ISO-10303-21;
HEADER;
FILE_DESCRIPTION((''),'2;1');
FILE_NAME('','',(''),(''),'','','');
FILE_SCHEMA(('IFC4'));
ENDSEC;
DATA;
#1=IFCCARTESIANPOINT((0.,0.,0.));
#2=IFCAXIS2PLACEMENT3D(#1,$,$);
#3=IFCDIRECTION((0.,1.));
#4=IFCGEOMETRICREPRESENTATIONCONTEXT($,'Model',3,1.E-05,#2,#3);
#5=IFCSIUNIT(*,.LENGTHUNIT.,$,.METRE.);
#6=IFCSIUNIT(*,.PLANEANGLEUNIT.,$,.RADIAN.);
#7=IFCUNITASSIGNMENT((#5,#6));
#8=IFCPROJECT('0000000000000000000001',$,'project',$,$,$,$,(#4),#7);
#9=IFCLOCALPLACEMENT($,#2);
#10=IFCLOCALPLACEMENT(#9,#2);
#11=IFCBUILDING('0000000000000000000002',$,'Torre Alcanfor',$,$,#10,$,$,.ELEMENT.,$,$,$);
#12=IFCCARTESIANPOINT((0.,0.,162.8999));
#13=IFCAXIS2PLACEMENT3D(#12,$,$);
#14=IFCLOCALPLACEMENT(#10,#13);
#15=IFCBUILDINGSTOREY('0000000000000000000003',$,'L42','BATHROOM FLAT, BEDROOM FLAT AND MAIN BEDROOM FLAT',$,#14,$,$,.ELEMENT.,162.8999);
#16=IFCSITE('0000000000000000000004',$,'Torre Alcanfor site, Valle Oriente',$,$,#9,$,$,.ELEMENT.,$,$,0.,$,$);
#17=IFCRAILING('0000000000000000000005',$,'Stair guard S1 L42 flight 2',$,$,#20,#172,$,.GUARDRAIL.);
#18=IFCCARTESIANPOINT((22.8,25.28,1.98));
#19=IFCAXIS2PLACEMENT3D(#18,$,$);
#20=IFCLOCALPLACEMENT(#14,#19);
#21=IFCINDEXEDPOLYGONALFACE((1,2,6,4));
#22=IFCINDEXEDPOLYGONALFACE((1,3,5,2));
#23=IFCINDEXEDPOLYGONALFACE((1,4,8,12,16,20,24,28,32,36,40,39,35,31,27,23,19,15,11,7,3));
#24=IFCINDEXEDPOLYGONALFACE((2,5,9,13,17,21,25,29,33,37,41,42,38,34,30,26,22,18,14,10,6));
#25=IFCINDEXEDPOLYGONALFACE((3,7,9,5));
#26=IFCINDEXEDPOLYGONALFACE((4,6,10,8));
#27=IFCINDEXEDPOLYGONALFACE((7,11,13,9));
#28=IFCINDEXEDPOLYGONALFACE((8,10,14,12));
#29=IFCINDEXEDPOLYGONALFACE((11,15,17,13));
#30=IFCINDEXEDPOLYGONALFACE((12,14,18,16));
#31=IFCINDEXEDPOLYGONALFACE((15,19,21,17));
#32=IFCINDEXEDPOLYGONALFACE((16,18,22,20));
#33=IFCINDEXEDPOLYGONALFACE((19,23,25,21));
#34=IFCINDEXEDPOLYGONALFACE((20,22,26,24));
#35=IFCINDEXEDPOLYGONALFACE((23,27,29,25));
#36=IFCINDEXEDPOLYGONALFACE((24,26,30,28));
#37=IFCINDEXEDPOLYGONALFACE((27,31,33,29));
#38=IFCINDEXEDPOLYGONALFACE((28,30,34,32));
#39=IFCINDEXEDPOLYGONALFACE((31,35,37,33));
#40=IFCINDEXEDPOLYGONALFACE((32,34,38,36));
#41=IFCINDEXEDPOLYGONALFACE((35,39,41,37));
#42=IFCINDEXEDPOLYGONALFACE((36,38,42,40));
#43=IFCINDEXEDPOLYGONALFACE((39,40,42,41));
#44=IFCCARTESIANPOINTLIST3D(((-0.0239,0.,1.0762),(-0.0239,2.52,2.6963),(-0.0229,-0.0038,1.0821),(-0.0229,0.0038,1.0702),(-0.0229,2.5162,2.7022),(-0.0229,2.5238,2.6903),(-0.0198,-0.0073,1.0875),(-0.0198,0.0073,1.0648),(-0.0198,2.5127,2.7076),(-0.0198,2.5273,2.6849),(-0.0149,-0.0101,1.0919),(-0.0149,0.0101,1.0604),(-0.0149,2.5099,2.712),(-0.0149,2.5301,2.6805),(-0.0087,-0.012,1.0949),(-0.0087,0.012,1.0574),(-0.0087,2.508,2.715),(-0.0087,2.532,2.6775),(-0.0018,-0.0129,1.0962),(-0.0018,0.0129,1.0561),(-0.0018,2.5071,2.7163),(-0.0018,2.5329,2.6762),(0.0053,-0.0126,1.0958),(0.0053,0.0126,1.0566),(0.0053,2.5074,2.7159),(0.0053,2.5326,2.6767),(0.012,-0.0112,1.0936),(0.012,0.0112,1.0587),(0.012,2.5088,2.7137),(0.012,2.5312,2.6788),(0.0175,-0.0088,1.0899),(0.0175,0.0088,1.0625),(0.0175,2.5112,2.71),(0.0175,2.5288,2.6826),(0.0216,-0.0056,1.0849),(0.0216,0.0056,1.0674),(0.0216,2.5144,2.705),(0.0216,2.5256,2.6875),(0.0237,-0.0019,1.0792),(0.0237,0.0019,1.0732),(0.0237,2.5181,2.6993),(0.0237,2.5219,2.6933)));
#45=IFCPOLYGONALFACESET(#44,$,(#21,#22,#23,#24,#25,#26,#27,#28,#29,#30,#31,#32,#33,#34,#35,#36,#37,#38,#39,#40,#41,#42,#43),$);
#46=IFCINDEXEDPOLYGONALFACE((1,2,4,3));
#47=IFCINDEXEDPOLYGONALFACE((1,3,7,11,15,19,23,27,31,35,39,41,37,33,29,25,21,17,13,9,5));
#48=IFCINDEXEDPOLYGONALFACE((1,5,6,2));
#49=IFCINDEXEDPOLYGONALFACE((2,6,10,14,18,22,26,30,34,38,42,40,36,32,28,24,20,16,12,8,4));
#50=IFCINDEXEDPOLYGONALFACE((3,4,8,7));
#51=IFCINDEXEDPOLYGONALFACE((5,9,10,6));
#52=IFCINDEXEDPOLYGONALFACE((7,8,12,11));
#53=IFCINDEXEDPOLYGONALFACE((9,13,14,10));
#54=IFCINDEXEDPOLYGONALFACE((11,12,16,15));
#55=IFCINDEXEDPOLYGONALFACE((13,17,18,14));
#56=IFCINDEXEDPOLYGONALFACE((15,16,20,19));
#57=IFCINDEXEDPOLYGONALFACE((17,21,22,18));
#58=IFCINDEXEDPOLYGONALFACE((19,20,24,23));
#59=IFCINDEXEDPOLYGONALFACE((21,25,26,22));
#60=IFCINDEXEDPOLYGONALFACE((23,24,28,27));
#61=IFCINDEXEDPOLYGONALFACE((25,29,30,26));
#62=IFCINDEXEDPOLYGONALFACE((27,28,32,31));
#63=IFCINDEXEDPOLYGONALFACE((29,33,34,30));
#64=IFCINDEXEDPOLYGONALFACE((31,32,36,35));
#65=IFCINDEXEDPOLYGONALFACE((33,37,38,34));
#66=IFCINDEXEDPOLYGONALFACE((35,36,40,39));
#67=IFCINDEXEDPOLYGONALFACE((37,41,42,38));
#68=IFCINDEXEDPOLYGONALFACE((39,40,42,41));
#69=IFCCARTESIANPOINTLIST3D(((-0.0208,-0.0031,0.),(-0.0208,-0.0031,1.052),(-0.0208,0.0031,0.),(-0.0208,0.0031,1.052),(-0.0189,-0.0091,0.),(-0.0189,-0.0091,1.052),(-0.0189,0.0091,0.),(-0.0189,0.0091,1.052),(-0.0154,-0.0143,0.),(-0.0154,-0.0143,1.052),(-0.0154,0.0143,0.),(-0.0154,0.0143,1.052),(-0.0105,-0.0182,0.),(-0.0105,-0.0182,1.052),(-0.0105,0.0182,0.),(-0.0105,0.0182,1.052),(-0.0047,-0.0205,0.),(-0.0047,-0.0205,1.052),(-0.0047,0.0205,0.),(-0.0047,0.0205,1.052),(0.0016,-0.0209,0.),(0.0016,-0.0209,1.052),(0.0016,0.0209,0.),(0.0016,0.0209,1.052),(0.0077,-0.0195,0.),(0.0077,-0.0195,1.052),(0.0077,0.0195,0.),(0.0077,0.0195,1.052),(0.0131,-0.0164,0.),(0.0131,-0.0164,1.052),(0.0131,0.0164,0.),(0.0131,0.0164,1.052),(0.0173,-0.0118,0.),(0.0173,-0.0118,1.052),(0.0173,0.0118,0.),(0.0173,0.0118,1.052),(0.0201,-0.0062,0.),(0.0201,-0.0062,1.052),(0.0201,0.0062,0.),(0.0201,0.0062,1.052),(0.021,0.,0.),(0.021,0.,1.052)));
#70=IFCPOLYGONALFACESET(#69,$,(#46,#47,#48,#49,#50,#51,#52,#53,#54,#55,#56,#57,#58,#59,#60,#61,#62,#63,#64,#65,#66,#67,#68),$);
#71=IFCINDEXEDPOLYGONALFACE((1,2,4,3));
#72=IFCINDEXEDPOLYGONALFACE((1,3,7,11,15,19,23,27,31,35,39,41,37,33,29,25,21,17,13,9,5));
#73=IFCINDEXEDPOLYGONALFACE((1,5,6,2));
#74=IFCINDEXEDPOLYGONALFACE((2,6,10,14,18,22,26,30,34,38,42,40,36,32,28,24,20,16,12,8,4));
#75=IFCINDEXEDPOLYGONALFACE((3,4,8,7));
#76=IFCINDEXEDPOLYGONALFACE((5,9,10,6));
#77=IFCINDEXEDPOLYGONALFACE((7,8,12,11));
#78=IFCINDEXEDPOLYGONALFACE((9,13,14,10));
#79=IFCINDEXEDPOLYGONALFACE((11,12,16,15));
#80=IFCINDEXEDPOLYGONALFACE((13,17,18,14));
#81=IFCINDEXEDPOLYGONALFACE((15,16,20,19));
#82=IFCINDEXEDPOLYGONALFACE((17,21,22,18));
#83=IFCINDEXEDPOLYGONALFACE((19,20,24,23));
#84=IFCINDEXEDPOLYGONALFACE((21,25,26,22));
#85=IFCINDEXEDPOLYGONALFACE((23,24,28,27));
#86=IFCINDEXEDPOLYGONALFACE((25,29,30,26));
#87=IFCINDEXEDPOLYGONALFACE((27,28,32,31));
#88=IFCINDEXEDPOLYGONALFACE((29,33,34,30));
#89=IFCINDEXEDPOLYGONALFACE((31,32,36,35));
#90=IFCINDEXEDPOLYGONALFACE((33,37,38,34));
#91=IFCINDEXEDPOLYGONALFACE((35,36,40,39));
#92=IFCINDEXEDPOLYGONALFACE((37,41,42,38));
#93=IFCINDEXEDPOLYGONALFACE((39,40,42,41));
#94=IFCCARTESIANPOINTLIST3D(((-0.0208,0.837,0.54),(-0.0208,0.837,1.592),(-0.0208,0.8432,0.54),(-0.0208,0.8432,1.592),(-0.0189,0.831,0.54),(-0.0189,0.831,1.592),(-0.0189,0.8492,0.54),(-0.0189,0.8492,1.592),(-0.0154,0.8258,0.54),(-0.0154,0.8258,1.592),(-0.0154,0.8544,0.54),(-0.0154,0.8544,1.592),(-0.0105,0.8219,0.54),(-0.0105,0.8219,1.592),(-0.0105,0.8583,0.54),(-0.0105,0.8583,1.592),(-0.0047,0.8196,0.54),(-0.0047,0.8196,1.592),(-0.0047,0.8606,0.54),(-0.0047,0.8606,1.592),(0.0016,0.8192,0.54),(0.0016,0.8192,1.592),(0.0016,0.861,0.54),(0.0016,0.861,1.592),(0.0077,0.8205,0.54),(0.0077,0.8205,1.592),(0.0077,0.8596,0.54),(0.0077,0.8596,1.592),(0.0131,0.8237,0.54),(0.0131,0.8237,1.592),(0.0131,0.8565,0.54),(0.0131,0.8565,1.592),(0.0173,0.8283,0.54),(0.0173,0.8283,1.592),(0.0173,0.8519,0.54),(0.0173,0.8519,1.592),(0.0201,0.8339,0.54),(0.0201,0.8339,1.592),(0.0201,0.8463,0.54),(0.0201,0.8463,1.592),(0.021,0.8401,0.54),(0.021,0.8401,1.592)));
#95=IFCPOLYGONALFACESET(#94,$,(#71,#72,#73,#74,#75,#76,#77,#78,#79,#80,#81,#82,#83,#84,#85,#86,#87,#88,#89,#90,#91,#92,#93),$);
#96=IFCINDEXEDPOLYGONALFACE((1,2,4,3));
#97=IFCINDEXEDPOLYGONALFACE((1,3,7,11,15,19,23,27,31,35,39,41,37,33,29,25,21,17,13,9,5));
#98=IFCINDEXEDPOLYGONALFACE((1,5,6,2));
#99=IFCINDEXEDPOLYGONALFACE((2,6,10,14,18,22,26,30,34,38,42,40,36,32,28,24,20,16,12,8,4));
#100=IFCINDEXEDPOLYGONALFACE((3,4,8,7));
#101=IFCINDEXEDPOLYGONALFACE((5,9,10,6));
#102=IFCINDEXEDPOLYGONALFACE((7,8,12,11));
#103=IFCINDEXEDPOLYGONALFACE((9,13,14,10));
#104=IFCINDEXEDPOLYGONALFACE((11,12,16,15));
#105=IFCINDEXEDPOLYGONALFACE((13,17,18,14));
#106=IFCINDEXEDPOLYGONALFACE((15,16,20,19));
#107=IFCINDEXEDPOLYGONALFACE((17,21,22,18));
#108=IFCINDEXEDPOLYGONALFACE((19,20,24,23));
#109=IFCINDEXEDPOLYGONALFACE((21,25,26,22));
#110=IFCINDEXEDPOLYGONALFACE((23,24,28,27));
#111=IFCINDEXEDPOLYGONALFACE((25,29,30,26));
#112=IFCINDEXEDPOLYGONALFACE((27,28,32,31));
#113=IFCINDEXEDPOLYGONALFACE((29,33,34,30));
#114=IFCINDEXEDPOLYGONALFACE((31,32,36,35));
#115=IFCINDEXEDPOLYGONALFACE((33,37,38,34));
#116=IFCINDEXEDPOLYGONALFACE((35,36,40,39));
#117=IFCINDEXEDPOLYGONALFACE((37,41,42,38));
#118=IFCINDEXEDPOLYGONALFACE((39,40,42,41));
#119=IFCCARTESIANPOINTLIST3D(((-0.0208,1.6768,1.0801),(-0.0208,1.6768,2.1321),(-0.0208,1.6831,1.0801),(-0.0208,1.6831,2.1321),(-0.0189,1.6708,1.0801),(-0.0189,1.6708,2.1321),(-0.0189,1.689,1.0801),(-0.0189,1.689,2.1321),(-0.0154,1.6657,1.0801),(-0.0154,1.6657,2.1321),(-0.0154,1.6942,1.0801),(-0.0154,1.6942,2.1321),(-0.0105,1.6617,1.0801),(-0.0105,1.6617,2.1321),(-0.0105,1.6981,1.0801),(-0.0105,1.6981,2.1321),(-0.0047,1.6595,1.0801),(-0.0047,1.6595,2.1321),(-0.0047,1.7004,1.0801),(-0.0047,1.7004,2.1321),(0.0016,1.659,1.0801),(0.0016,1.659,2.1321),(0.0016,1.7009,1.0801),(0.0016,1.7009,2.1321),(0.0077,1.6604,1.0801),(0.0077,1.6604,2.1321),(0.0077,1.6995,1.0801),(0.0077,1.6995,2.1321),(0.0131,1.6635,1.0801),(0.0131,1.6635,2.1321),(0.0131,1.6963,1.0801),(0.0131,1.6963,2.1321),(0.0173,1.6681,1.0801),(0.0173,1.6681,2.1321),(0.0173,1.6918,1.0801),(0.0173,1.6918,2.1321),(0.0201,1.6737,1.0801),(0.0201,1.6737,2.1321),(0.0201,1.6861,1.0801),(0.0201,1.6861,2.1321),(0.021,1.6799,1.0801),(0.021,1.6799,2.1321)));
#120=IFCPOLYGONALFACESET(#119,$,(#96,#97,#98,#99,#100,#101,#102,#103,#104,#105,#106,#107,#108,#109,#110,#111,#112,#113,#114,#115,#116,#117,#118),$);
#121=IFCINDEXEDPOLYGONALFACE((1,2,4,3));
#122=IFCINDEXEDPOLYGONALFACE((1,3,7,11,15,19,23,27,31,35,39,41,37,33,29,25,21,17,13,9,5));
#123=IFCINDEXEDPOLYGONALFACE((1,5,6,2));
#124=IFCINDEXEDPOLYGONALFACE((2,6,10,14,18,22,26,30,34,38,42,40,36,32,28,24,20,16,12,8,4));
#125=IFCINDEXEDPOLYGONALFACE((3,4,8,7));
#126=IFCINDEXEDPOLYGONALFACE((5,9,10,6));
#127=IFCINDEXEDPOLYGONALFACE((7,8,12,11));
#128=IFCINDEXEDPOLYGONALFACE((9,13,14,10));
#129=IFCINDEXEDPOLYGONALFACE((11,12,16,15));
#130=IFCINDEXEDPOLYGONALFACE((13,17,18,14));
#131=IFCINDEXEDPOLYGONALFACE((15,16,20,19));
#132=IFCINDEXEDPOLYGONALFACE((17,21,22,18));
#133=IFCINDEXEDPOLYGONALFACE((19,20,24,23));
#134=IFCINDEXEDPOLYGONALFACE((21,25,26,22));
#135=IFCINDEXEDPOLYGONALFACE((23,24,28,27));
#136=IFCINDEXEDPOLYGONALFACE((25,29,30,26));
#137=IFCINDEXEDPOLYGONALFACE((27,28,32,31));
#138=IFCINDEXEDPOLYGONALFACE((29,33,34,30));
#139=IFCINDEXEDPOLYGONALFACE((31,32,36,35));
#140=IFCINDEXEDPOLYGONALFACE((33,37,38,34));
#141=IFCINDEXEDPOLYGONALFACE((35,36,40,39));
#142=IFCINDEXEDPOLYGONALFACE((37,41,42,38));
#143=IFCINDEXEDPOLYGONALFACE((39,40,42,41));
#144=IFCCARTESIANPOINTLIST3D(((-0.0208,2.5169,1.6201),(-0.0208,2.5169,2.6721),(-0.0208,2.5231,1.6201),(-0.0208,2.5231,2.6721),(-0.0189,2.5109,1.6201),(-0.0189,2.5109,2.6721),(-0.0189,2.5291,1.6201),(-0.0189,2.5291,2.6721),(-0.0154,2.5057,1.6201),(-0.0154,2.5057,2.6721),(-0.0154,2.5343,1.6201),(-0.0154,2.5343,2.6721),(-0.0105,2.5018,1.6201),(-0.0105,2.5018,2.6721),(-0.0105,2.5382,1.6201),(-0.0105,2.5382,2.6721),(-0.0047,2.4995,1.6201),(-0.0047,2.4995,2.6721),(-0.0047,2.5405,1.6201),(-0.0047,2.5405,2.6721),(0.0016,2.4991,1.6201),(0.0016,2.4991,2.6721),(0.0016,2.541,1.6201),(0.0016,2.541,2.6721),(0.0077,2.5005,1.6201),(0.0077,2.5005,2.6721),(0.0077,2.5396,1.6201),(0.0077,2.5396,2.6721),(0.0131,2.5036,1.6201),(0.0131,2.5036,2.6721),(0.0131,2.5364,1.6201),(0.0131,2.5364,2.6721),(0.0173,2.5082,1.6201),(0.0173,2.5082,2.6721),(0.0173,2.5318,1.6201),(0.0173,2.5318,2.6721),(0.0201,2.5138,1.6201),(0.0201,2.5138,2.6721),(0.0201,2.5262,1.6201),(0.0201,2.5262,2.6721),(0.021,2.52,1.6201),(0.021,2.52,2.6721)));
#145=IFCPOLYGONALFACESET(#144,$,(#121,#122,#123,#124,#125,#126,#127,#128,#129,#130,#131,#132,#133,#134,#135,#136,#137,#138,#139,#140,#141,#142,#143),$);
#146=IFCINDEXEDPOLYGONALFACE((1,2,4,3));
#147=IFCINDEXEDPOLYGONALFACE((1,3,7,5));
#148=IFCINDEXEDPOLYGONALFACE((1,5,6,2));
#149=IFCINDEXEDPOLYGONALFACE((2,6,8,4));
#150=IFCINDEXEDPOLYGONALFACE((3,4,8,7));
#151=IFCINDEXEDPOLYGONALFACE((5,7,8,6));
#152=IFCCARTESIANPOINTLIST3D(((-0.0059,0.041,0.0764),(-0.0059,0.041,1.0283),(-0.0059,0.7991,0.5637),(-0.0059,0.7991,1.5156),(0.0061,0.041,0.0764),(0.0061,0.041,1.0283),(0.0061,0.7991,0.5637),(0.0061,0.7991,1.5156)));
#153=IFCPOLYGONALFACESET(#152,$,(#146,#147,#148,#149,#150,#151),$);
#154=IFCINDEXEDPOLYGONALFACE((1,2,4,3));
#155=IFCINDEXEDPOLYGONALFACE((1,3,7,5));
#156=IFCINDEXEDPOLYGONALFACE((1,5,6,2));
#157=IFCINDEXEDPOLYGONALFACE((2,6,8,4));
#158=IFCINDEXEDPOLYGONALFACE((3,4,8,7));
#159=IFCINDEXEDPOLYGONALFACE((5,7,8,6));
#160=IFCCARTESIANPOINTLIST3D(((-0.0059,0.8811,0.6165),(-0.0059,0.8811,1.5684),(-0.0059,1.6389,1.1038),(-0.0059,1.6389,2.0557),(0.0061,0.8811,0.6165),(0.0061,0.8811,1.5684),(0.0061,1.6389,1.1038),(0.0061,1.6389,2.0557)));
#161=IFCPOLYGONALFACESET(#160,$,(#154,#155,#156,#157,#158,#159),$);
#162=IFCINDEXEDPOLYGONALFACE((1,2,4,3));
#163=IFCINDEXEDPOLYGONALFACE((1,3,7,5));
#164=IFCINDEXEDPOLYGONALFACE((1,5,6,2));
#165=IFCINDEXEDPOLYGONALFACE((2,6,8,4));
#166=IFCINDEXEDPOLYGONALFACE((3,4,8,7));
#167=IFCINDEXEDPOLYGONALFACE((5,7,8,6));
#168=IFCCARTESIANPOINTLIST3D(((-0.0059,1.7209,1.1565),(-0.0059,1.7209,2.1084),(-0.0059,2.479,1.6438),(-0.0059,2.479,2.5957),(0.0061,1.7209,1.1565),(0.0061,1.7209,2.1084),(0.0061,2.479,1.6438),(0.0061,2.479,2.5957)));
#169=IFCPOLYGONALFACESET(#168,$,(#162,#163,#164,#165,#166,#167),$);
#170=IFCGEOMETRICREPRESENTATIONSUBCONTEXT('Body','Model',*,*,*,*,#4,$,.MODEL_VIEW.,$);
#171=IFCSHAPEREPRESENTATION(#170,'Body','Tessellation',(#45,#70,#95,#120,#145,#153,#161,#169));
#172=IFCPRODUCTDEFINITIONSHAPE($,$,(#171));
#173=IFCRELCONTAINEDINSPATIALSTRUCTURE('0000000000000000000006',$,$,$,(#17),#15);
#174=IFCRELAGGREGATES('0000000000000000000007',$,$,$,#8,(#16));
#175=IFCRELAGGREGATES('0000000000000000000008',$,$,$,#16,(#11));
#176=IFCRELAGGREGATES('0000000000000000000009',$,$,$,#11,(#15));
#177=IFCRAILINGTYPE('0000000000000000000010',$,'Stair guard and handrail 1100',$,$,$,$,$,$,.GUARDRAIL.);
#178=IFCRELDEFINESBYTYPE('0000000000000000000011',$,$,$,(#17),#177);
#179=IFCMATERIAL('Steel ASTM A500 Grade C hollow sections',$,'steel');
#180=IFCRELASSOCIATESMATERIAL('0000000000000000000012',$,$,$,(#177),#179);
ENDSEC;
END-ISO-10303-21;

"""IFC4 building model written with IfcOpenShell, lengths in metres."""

from ifc_helpers import new_model, si_unit, direction, frame, origin, origin_2d, place, context, subcontext, project, spatial, polyline, circle, outline, extrude, material, type_object, element, save


model = new_model("IFC4")

# Units and contexts
model_context = context("Model", 3, precision=1e-05, world=origin(), true_north=direction((0.0, 1.0)))
body_context = subcontext(model_context, "Body", "Model", "MODEL_VIEW")
ifc_project = project(units=[si_unit("LENGTHUNIT", "METRE"), si_unit("PLANEANGLEUNIT", "RADIAN")], contexts=[model_context])

# Site, building, storey
site_placement = place(None, origin())
site = spatial("IfcSite", under=ifc_project, at=site_placement, Name="Torre Alcanfor site, Valle Oriente", CompositionType="ELEMENT", RefElevation=0.0)
building_placement = place(site_placement, origin())
building = spatial("IfcBuilding", under=site, at=building_placement, Name="Torre Alcanfor", CompositionType="ELEMENT")
storey_placement = place(building_placement, frame((0.0, 0.0, 162.8999)))
storey = spatial("IfcBuildingStorey", under=building, at=storey_placement, Name="L42", Description="BATHROOM FLAT, BEDROOM FLAT AND MAIN BEDROOM FLAT", CompositionType="ELEMENT", Elevation=162.8999)

# Railing
ifc_material_1 = material(Name="Steel ASTM A500 Grade C hollow sections", Category="steel")
railing_type_1 = type_object("IfcRailingType", Name="Stair guard and handrail 1100", PredefinedType="GUARDRAIL", material=ifc_material_1)
railing_1_placement = place(storey_placement, frame((22.8, 25.28, 1.98)))
element("IfcRailing", 1, at=railing_1_placement, inside=storey, type_object=railing_type_1, Name="Stair guard S1 L42 flight 2", PredefinedType="GUARDRAIL", context=body_context, shape_type="SweptSolid", body=[
    extrude(circle(Radius=0.0239, at=origin_2d()), frame((0.0, 0.0, 1.0762), z_axis=(0.0, 0.841163, 0.540782), x_axis=(-1.0, 0.0, 0.0)), (0.0, 0.0, 1.0), 2.9958),
    extrude(circle(Radius=0.021, at=origin_2d()), origin(), (0.0, 0.0, 1.0), 1.052),
    extrude(circle(Radius=0.021, at=origin_2d()), frame((0.0, 0.8401, 0.54)), (0.0, 0.0, 1.0), 1.052),
    extrude(circle(Radius=0.021, at=origin_2d()), frame((0.0, 1.6799, 1.0801)), (0.0, 0.0, 1.0), 1.052),
    extrude(circle(Radius=0.021, at=origin_2d()), frame((0.0, 2.52, 1.6201)), (0.0, 0.0, 1.0), 1.052),
    extrude(outline(polyline([(0.041, 0.0764), (0.7991, 0.5637), (0.7991, 1.5156), (0.041, 1.0283), (0.041, 0.0764)])), frame((-0.0059, 0.0, 0.0), z_axis=(1.0, 0.0, 0.0), x_axis=(0.0, 1.0, 0.0)), (0.0, 0.0, 1.0), 0.012),
    extrude(outline(polyline([(0.8811, 0.6165), (1.6389, 1.1038), (1.6389, 2.0557), (0.8811, 1.5684), (0.8811, 0.6165)])), frame((-0.0059, 0.0, 0.0), z_axis=(1.0, 0.0, 0.0), x_axis=(0.0, 1.0, 0.0)), (0.0, 0.0, 1.0), 0.012),
    extrude(outline(polyline([(1.7209, 1.1565), (2.479, 1.6438), (2.479, 2.5957), (1.7209, 2.1084), (1.7209, 1.1565)])), frame((-0.0059, 0.0, 0.0), z_axis=(1.0, 0.0, 0.0), x_axis=(0.0, 1.0, 0.0)), (0.0, 0.0, 1.0), 0.012),
])

save(model, "model.ifc")
